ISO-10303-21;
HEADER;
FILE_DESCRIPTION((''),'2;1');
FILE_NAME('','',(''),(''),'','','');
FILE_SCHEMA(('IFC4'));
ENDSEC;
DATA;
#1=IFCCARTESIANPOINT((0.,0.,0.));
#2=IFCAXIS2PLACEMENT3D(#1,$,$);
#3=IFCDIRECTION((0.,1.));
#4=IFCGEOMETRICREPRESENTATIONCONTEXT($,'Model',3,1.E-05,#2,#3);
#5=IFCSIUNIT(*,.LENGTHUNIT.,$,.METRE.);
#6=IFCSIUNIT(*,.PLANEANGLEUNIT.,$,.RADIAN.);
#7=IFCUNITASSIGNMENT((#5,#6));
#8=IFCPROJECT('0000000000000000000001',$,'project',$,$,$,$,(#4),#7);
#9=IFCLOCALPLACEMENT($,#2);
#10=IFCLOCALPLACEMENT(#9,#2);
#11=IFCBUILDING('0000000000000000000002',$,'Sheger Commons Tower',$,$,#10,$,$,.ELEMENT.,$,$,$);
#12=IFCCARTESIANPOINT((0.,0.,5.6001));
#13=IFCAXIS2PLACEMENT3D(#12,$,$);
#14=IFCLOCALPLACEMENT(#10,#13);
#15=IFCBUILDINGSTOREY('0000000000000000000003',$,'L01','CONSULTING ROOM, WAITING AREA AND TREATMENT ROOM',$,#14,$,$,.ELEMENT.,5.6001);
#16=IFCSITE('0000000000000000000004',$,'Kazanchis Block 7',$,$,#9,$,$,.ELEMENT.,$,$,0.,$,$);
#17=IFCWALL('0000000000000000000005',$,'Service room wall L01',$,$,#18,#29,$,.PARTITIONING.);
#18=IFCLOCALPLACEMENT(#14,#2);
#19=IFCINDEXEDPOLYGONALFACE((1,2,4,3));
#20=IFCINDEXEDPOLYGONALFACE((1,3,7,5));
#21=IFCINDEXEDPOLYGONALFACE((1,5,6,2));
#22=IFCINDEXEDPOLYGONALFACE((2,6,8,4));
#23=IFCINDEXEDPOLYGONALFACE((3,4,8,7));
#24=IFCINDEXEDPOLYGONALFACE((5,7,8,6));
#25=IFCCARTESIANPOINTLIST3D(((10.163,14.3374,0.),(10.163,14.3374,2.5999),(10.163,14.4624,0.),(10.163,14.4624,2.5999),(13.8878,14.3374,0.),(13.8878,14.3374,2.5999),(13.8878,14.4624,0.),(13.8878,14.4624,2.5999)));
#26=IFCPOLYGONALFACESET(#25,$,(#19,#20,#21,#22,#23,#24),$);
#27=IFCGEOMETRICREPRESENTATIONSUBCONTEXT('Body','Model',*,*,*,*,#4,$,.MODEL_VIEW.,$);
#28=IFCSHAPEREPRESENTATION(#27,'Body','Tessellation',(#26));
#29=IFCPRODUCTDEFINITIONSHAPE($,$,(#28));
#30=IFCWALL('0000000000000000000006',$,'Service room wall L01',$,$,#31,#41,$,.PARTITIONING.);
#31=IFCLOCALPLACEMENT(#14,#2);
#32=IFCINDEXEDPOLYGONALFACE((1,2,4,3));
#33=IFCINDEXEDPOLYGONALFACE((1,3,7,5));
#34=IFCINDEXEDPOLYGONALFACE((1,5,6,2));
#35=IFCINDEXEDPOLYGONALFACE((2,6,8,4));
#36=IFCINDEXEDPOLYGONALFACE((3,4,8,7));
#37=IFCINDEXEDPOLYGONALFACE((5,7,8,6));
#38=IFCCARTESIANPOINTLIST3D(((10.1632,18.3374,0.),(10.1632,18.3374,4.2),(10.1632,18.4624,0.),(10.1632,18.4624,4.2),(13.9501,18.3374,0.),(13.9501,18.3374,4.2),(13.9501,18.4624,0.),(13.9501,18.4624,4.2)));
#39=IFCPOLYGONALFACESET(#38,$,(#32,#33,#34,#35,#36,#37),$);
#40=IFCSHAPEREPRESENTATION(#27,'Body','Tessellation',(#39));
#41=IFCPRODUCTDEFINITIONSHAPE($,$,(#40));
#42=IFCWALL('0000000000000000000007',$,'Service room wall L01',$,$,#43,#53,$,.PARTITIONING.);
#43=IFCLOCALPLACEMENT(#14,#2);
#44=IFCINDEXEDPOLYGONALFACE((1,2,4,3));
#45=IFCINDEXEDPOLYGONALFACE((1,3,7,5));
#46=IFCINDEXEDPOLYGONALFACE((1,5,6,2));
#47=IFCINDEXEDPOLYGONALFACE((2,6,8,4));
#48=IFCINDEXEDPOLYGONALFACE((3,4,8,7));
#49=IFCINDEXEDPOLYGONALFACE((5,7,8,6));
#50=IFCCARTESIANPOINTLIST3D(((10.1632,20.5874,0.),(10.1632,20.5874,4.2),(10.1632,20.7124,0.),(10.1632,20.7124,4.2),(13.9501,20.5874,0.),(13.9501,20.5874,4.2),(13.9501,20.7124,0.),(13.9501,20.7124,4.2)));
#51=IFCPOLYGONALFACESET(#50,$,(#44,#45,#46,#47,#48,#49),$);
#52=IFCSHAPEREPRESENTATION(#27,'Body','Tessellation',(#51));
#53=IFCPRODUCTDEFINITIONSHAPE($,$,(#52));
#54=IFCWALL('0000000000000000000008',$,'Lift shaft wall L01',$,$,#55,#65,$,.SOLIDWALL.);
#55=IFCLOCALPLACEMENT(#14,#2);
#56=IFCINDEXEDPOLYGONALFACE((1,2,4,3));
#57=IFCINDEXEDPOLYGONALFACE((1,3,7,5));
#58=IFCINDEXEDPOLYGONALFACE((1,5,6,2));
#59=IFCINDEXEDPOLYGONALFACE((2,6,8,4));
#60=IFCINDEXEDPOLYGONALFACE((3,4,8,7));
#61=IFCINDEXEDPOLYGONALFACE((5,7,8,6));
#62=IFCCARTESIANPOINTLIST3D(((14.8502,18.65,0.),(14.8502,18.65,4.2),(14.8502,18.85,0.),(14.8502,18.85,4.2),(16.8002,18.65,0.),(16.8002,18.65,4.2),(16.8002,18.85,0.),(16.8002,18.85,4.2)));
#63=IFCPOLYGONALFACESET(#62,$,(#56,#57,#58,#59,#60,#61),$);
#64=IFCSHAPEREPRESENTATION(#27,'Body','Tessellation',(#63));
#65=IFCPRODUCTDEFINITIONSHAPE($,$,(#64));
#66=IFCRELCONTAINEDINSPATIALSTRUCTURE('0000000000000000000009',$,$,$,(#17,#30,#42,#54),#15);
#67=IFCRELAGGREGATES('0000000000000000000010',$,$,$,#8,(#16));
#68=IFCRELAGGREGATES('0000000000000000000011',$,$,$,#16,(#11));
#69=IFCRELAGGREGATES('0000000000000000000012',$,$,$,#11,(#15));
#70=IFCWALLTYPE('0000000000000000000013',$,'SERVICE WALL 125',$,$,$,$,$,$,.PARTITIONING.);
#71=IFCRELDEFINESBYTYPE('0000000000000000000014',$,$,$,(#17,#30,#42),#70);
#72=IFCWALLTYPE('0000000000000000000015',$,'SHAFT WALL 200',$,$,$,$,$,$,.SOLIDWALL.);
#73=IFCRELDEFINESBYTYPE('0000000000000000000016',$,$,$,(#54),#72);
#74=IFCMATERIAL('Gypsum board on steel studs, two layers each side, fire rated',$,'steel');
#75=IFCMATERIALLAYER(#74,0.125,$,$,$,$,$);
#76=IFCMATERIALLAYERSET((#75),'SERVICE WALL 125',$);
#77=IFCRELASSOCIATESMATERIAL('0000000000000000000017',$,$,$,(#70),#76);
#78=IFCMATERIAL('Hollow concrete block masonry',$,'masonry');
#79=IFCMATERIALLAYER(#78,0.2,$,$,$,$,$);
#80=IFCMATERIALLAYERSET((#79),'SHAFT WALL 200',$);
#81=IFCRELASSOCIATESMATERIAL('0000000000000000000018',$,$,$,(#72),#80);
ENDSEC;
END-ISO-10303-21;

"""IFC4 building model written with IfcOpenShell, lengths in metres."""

from ifc_helpers import new_model, si_unit, direction, frame, frame_2d, origin, place, context, subcontext, project, spatial, rectangle, extrude, material, layer, layer_set, type_object, element, save


model = new_model("IFC4")

# Units and contexts
model_context = context("Model", 3, precision=1e-05, world=origin(), true_north=direction((0.0, 1.0)))
body_context = subcontext(model_context, "Body", "Model", "MODEL_VIEW")
ifc_project = project(units=[si_unit("LENGTHUNIT", "METRE"), si_unit("PLANEANGLEUNIT", "RADIAN")], contexts=[model_context])

# Site, building, storey
site_placement = place(None, origin())
site = spatial("IfcSite", under=ifc_project, at=site_placement, Name="Kazanchis Block 7", CompositionType="ELEMENT", RefElevation=0.0)
building_placement = place(site_placement, origin())
building = spatial("IfcBuilding", under=site, at=building_placement, Name="Sheger Commons Tower", CompositionType="ELEMENT")
storey_placement = place(building_placement, frame((0.0, 0.0, 5.6001)))
storey = spatial("IfcBuildingStorey", under=building, at=storey_placement, Name="L01", Description="CONSULTING ROOM, WAITING AREA AND TREATMENT ROOM", CompositionType="ELEMENT", Elevation=5.6001)

# Walls
ifc_material_1 = material(Name="Gypsum board on steel studs, two layers each side, fire rated", Category="steel")
ifc_layer_1 = layer(ifc_material_1, 0.125)
ifc_layer_set_1 = layer_set([ifc_layer_1], Name="SERVICE WALL 125")
wall_type_1 = type_object("IfcWallType", Name="SERVICE WALL 125", PredefinedType="PARTITIONING", material=ifc_layer_set_1)
wall_1_placement = place(storey_placement, frame((10.1631, 14.3999, 0.0), z_axis=(0.0, 0.0, 1.0), x_axis=(1.0, 0.0, 0.0)))
element("IfcWall", 1, at=wall_1_placement, inside=storey, type_object=wall_type_1, Name="Service room wall L01", PredefinedType="PARTITIONING", context=body_context, shape_type="SweptSolid", body=[
    extrude(rectangle(XDim=3.7249, YDim=0.125, at=frame_2d((1.8623, 0.0))), origin(), (0.0, 0.0, 1.0), 2.5999),
])
for number, where, z_axis, x_axis, name in (
    (2, (10.1631, 18.3999, 0.0), (0.0, 0.0, 1.0), (1.0, 0.0, 0.0), "Service room wall L01"),
    (3, (10.1631, 20.6499, 0.0), (0.0, 0.0, 1.0), (1.0, 0.0, 0.0), "Service room wall L01"),
):
    element("IfcWall", number, at=place(storey_placement, frame(where, z_axis=z_axis, x_axis=x_axis)), inside=storey, type_object=wall_type_1, Name=name, PredefinedType="PARTITIONING", context=body_context, shape_type="SweptSolid", body=[
        extrude(rectangle(XDim=3.7869, YDim=0.125, at=frame_2d((1.8936, 0.0))), origin(), (0.0, 0.0, 1.0), 4.2),
    ])
ifc_material_2 = material(Name="Hollow concrete block masonry", Category="masonry")
ifc_layer_2 = layer(ifc_material_2, 0.2)
ifc_layer_set_2 = layer_set([ifc_layer_2], Name="SHAFT WALL 200")
wall_type_2 = type_object("IfcWallType", Name="SHAFT WALL 200", PredefinedType="SOLIDWALL", material=ifc_layer_set_2)
wall_2_placement = place(storey_placement, frame((14.8501, 18.75, 0.0), z_axis=(0.0, 0.0, 1.0), x_axis=(1.0, 0.0, 0.0)))
element("IfcWall", 4, at=wall_2_placement, inside=storey, type_object=wall_type_2, Name="Lift shaft wall L01", PredefinedType="SOLIDWALL", context=body_context, shape_type="SweptSolid", body=[
    extrude(rectangle(XDim=1.95, YDim=0.2, at=frame_2d((0.9751, 0.0))), origin(), (0.0, 0.0, 1.0), 4.2),
])

save(model, "model.ifc")
